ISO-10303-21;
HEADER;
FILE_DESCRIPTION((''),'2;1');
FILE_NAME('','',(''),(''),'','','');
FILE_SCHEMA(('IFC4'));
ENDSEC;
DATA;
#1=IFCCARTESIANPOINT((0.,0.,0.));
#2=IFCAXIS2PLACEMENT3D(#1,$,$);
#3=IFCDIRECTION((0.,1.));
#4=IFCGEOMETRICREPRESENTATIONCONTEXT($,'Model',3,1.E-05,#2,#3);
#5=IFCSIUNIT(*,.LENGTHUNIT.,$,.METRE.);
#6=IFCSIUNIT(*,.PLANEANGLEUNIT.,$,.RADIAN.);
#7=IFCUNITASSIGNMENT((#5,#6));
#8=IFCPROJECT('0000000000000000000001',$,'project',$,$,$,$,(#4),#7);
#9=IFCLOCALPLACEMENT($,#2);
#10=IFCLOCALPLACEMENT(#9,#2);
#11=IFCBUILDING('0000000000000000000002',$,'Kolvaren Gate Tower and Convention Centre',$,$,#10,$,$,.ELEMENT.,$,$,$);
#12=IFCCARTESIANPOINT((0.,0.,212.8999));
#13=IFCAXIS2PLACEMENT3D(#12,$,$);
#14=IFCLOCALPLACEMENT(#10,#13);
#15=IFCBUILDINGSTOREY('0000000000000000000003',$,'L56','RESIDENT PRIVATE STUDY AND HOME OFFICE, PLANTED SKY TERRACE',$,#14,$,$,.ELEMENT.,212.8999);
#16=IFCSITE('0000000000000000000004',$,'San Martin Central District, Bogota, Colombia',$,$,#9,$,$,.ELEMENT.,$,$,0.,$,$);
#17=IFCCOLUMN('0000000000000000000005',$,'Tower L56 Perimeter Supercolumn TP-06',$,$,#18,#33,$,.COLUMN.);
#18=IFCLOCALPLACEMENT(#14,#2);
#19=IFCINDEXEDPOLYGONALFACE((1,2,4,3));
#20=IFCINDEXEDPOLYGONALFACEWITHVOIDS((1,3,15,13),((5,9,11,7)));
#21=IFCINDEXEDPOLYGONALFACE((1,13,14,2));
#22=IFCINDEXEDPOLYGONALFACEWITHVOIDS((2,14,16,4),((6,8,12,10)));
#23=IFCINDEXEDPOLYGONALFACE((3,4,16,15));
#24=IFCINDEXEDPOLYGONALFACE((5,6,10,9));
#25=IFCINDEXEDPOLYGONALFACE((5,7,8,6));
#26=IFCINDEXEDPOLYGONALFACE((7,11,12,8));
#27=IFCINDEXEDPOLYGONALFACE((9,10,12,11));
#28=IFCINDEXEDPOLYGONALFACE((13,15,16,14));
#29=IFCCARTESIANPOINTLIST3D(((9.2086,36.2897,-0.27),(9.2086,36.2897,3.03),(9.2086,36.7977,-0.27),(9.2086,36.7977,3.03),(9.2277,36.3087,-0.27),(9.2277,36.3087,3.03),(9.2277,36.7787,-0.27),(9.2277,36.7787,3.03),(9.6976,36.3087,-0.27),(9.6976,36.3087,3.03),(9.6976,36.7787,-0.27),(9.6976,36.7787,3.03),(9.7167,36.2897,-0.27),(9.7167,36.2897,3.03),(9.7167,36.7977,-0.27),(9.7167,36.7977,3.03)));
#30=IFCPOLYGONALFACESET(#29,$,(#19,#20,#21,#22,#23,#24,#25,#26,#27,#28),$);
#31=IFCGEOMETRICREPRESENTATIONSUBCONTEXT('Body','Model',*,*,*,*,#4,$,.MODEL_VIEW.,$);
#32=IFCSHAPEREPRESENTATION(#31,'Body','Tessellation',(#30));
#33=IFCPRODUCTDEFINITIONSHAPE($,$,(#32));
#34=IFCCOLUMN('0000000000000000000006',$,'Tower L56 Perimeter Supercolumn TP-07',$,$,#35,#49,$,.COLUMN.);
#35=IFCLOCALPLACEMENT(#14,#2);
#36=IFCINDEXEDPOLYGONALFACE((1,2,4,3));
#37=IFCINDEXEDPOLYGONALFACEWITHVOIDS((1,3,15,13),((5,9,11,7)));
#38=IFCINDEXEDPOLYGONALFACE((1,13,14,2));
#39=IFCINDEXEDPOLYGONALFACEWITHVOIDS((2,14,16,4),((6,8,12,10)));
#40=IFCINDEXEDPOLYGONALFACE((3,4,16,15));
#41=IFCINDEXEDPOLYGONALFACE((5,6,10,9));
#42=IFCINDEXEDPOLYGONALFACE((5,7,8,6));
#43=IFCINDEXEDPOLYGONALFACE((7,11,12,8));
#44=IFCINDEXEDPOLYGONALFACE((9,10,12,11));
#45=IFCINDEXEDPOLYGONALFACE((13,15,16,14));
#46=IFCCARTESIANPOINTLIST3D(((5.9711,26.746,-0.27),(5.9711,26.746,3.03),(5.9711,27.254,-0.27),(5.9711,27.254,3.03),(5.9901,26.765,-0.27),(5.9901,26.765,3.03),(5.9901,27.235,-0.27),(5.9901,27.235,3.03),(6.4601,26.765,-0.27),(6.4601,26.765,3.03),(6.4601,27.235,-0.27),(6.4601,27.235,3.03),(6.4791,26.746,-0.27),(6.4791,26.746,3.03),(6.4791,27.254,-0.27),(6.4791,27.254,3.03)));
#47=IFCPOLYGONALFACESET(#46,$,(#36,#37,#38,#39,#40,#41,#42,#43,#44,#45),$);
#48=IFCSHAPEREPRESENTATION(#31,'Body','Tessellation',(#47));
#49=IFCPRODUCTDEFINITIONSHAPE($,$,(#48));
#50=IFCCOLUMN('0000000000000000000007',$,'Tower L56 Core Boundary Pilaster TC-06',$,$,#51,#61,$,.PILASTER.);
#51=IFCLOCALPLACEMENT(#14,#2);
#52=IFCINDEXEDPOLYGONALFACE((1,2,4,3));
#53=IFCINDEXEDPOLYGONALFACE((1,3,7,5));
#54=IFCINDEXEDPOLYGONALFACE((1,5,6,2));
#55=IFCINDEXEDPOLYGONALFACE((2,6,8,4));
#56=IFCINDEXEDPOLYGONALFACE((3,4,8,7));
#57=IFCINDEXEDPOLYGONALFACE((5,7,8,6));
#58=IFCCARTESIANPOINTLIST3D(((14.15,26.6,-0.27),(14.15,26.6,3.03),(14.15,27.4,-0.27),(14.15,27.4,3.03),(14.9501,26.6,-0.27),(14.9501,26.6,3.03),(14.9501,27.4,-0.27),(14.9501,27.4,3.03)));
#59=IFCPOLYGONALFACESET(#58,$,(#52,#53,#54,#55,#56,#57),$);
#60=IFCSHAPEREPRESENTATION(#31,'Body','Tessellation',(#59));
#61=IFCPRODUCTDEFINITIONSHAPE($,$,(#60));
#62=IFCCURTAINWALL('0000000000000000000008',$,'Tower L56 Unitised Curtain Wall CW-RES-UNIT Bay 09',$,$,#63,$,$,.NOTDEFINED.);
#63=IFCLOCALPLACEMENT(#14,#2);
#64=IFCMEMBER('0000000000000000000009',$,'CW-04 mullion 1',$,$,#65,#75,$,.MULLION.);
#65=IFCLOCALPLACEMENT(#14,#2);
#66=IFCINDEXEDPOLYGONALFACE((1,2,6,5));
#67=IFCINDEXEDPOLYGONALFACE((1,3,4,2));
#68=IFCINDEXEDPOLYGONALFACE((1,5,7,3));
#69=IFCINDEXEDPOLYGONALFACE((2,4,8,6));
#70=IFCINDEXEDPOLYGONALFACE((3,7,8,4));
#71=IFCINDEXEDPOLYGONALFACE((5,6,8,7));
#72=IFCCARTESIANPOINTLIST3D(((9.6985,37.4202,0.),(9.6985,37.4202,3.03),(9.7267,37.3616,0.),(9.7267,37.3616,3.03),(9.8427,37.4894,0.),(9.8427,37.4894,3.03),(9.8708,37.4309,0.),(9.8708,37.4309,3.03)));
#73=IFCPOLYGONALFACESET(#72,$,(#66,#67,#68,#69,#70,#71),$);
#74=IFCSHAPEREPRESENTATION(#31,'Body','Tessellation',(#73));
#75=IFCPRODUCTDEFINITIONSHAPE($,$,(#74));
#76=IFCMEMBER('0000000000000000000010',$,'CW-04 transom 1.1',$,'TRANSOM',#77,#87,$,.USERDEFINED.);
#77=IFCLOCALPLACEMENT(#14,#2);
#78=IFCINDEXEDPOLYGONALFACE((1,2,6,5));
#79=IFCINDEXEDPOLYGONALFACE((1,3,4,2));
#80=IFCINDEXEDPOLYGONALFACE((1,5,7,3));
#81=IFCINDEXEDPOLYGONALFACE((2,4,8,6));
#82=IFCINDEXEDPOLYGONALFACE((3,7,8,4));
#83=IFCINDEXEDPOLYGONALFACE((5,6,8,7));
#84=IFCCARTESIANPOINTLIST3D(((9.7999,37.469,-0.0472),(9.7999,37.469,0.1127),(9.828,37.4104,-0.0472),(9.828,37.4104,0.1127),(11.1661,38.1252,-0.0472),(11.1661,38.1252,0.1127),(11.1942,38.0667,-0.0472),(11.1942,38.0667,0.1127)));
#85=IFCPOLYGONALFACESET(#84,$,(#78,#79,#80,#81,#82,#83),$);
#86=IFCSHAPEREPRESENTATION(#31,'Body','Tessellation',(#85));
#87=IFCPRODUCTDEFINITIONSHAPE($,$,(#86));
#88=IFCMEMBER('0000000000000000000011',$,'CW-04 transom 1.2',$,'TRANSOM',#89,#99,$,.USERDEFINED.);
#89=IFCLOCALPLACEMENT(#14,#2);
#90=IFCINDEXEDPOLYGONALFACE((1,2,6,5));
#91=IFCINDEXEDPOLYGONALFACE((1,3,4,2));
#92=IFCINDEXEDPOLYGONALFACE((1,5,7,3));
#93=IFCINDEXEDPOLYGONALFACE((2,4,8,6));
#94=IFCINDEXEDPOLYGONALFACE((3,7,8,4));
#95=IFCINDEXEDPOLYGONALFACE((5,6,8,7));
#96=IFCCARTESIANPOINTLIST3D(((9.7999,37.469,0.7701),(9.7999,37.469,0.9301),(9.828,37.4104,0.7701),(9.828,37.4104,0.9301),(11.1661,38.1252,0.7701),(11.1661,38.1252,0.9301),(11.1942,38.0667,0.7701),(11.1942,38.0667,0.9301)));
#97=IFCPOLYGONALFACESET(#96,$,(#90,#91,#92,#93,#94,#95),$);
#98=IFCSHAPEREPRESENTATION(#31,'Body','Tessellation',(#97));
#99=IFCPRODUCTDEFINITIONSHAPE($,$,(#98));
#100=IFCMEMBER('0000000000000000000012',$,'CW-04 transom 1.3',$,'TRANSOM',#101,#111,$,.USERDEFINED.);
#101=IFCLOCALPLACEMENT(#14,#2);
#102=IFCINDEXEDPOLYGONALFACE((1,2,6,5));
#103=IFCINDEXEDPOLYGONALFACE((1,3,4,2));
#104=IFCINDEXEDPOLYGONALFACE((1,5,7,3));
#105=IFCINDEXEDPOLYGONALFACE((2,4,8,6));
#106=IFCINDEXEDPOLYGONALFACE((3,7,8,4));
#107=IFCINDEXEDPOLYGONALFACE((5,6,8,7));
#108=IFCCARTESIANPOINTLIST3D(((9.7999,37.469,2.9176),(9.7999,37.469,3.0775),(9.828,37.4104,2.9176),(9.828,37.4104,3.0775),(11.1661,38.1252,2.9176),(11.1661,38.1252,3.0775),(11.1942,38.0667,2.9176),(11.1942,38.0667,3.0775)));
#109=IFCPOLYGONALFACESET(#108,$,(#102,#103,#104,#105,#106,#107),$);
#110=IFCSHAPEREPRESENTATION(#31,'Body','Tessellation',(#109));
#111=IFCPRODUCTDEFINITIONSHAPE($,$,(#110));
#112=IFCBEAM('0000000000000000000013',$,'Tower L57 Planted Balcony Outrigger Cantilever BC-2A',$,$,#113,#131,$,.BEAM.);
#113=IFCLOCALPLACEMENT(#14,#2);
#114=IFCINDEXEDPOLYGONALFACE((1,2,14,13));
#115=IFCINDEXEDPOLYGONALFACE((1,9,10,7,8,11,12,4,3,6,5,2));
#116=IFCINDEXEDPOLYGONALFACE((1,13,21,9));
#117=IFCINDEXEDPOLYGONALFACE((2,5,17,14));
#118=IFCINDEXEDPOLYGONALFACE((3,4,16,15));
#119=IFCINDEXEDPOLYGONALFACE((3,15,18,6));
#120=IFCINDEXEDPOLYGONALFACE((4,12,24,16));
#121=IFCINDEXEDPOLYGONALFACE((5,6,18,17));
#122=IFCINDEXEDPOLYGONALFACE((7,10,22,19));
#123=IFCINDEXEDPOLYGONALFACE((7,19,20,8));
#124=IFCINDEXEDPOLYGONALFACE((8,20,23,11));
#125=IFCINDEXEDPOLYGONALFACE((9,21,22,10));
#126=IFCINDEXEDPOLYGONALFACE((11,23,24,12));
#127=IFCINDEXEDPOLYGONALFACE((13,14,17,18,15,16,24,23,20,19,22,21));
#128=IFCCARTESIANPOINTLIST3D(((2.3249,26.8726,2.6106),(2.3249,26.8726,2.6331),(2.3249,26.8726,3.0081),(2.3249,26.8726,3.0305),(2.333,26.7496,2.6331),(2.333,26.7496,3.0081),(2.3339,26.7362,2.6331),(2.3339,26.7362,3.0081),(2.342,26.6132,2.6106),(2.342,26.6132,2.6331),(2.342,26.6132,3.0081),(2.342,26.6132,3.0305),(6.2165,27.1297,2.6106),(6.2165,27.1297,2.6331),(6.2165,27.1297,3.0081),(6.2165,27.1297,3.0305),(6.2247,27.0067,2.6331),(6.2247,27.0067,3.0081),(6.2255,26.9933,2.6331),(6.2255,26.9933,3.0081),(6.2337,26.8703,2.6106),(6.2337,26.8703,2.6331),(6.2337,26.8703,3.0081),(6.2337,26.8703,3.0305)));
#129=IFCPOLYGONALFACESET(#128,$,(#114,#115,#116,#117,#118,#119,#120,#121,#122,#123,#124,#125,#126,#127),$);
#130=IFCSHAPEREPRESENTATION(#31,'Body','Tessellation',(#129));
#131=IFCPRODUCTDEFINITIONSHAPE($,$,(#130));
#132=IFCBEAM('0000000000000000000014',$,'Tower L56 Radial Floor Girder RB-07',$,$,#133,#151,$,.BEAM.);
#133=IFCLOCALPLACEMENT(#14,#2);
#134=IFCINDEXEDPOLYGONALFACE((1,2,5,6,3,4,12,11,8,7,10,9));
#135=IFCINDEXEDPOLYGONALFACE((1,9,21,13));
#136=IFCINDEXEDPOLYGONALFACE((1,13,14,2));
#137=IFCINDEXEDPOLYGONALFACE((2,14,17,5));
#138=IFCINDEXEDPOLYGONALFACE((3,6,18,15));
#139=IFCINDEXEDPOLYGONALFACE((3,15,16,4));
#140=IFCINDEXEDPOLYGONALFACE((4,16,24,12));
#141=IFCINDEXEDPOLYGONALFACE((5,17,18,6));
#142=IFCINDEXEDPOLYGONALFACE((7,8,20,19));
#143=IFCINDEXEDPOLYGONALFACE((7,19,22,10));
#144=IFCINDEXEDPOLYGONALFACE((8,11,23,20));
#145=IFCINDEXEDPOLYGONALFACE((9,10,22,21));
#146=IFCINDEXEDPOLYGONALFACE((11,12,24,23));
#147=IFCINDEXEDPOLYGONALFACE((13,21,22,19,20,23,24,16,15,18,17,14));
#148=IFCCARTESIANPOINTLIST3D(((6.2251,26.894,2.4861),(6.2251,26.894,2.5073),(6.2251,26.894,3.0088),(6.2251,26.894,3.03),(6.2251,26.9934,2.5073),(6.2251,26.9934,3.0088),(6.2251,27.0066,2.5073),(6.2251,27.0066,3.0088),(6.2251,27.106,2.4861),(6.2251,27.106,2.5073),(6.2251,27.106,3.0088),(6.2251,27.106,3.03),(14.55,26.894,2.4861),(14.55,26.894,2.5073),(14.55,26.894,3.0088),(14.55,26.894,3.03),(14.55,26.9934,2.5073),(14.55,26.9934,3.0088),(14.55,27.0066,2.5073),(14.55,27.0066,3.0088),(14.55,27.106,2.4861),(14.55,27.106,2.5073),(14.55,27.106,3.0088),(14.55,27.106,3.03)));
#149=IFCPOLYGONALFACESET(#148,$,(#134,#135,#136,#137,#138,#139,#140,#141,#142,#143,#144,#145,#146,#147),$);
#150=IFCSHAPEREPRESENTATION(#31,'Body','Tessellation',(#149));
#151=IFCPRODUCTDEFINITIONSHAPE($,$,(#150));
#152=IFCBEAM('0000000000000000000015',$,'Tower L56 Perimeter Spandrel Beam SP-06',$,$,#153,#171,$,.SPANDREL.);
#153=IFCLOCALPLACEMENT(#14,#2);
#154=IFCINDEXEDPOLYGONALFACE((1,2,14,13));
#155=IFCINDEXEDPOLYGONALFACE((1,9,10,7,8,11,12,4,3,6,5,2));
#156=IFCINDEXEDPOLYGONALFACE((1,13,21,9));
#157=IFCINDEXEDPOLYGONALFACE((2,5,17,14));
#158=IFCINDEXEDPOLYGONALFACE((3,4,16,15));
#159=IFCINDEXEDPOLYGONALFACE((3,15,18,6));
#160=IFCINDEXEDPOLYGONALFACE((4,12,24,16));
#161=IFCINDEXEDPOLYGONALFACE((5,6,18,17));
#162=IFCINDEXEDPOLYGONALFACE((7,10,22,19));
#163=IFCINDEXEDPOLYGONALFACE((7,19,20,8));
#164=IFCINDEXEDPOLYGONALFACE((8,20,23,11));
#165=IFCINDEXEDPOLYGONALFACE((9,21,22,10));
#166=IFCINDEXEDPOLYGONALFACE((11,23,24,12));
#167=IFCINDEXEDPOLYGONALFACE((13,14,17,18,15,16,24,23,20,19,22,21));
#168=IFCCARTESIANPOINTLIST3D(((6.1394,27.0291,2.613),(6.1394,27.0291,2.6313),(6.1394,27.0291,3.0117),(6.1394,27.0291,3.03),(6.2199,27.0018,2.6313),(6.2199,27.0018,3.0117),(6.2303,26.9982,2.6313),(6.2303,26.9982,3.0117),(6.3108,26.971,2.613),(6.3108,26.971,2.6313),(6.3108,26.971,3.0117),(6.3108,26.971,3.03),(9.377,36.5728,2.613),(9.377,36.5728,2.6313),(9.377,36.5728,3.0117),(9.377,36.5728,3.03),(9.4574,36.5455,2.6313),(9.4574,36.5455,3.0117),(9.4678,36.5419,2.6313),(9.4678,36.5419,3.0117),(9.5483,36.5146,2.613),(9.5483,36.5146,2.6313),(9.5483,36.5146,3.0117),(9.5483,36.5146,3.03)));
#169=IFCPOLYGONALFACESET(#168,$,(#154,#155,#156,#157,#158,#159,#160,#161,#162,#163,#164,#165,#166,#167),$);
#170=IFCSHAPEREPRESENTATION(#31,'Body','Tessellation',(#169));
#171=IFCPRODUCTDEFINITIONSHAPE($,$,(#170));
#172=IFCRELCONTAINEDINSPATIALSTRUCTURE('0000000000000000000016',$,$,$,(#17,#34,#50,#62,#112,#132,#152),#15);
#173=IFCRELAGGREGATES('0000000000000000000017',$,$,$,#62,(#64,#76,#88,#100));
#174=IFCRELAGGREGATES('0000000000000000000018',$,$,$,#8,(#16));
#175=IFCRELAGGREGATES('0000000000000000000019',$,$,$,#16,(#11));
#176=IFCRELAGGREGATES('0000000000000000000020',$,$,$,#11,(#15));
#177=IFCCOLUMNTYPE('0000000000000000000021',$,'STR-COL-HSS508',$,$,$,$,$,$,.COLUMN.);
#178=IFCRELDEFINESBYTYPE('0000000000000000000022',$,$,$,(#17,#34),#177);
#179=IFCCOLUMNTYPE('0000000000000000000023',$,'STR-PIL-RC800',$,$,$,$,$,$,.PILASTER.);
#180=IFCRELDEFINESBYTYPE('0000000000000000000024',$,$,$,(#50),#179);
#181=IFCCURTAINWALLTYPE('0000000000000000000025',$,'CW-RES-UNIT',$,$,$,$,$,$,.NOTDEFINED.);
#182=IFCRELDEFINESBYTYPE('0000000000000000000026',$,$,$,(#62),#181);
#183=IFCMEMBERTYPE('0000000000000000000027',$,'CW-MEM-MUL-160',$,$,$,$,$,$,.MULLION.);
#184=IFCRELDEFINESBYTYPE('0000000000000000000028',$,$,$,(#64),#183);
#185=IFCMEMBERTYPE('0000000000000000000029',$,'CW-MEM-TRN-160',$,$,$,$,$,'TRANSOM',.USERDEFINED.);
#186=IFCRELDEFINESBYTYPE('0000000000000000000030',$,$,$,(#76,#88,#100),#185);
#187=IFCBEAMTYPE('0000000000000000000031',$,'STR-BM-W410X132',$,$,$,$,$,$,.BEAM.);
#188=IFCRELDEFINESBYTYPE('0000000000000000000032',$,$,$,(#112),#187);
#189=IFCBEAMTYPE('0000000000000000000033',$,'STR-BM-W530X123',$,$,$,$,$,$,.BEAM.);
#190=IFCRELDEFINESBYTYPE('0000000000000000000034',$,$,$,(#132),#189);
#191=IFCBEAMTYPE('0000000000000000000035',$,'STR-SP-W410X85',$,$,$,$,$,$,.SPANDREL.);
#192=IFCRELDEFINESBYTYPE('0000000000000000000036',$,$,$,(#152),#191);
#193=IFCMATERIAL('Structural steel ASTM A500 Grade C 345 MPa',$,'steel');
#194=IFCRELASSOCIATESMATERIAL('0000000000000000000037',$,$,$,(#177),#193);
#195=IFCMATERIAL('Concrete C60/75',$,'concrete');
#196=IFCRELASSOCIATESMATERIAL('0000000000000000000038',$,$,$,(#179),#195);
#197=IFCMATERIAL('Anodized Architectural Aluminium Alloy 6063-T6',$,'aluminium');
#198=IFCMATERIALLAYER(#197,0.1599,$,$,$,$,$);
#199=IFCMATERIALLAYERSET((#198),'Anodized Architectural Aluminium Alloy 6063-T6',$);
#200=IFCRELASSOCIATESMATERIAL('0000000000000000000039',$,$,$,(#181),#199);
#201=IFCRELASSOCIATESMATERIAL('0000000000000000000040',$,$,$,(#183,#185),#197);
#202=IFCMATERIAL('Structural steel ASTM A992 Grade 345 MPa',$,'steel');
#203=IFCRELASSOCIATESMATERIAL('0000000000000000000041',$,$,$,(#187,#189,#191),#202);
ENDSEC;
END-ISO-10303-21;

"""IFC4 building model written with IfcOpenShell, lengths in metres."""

from ifc_helpers import new_model, si_unit, direction, frame, origin, origin_2d, place, context, subcontext, project, spatial, rectangle, hollow_rectangle, i_section, extrude, material, layer, layer_set, material_profile, profile_set, type_object, element, aggregate, save


model = new_model("IFC4")

# Units and contexts
model_context = context("Model", 3, precision=1e-05, world=origin(), true_north=direction((0.0, 1.0)))
body_context = subcontext(model_context, "Body", "Model", "MODEL_VIEW")
ifc_project = project(units=[si_unit("LENGTHUNIT", "METRE"), si_unit("PLANEANGLEUNIT", "RADIAN")], contexts=[model_context])

# Site, building, storey
site_placement = place(None, origin())
site = spatial("IfcSite", under=ifc_project, at=site_placement, Name="San Martin Central District, Bogota, Colombia", CompositionType="ELEMENT", RefElevation=0.0)
building_placement = place(site_placement, origin())
building = spatial("IfcBuilding", under=site, at=building_placement, Name="Kolvaren Gate Tower and Convention Centre", CompositionType="ELEMENT")
storey_placement = place(building_placement, frame((0.0, 0.0, 212.8999)))
storey = spatial("IfcBuildingStorey", under=building, at=storey_placement, Name="L56", Description="RESIDENT PRIVATE STUDY AND HOME OFFICE, PLANTED SKY TERRACE", CompositionType="ELEMENT", Elevation=212.8999)

# Columns
ifc_material_1 = material(Name="Structural steel ASTM A500 Grade C 345 MPa", Category="steel")
ifc_material_profile_1 = material_profile(ifc_material_1, hollow_rectangle(XDim=0.5081, YDim=0.5081, WallThickness=0.019, at=origin_2d()), Name="HSS508X508X19.1")
ifc_profile_set_1 = profile_set([ifc_material_profile_1], Name="Structural steel ASTM A500 Grade C 345 MPa")
column_type_1 = type_object("IfcColumnType", Name="STR-COL-HSS508", PredefinedType="COLUMN", material=ifc_profile_set_1)
for number, where, z_axis, x_axis, name in (
    (1, (9.4626, 36.5437, -0.27), (0.0, 0.0, 1.0), (1.0, 0.0, 0.0), "Tower L56 Perimeter Supercolumn TP-06"),
    (2, (6.2251, 27.0, -0.27), (0.0, 0.0, 1.0), (1.0, 0.0, 0.0), "Tower L56 Perimeter Supercolumn TP-07"),
):
    element("IfcColumn", number, at=place(storey_placement, frame(where, z_axis=z_axis, x_axis=x_axis)), inside=storey, type_object=column_type_1, Name=name, PredefinedType="COLUMN", context=body_context, shape_type="SweptSolid", body=[
        extrude(hollow_rectangle(XDim=0.5081, YDim=0.5081, WallThickness=0.019, at=origin_2d()), origin(), (0.0, 0.0, 1.0), 3.3),
    ])
ifc_material_2 = material(Name="Concrete C60/75", Category="concrete")
ifc_material_profile_2 = material_profile(ifc_material_2, rectangle(XDim=0.8, YDim=0.8, at=origin_2d()), Name="RC-COL-800X800")
ifc_profile_set_2 = profile_set([ifc_material_profile_2], Name="Concrete C60/75")
column_type_2 = type_object("IfcColumnType", Name="STR-PIL-RC800", PredefinedType="PILASTER", material=ifc_profile_set_2)
column_placement = place(storey_placement, frame((14.55, 27.0, -0.27), z_axis=(0.0, 0.0, 1.0), x_axis=(1.0, 0.0, 0.0)))
element("IfcColumn", 3, at=column_placement, inside=storey, type_object=column_type_2, Name="Tower L56 Core Boundary Pilaster TC-06", PredefinedType="PILASTER", context=body_context, shape_type="SweptSolid", body=[
    extrude(rectangle(XDim=0.8, YDim=0.8, at=origin_2d()), origin(), (0.0, 0.0, 1.0), 3.3),
])

# Curtain wall, members
ifc_material_3 = material(Name="Anodized Architectural Aluminium Alloy 6063-T6", Category="aluminium")
ifc_layer_1 = layer(ifc_material_3, 0.1599)
ifc_layer_set_1 = layer_set([ifc_layer_1], Name="Anodized Architectural Aluminium Alloy 6063-T6")
curtain_wall_type = type_object("IfcCurtainWallType", Name="CW-RES-UNIT", PredefinedType="NOTDEFINED", material=ifc_layer_set_1)
curtain_wall_placement = place(storey_placement, origin())
curtain_wall = element("IfcCurtainWall", 4, at=curtain_wall_placement, inside=storey, type_object=curtain_wall_type, Name="Tower L56 Unitised Curtain Wall CW-RES-UNIT Bay 09", PredefinedType="NOTDEFINED")
ifc_material_profile_3 = material_profile(ifc_material_3, rectangle(XDim=0.0649, YDim=0.1599, at=origin_2d()), Name="CW-MEM-MUL-160")
ifc_profile_set_3 = profile_set([ifc_material_profile_3], Name="Anodized Architectural Aluminium Alloy 6063-T6")
member_type_1 = type_object("IfcMemberType", Name="CW-MEM-MUL-160", PredefinedType="MULLION", material=ifc_profile_set_3)
member_1_placement = place(storey_placement, frame((9.7847, 37.4255, 0.0), z_axis=(0.0, 0.0, 1.0), x_axis=(-0.433066, 0.901362, 0.0)))
member_1 = element("IfcMember", 5, at=member_1_placement, type_object=member_type_1, Name="CW-04 mullion 1", PredefinedType="MULLION", context=body_context, shape_type="SweptSolid", body=[
    extrude(rectangle(XDim=0.0649, YDim=0.1599, at=origin_2d()), origin(), (0.0, 0.0, 1.0), 3.03),
])
ifc_material_profile_4 = material_profile(ifc_material_3, rectangle(XDim=0.0649, YDim=0.1599, at=origin_2d()), Name="CW-MEM-TRN-160")
ifc_profile_set_4 = profile_set([ifc_material_profile_4], Name="Anodized Architectural Aluminium Alloy 6063-T6")
member_type_2 = type_object("IfcMemberType", Name="CW-MEM-TRN-160", ElementType="TRANSOM", PredefinedType="USERDEFINED", material=ifc_profile_set_4)
member_2_placement = place(storey_placement, frame((9.814, 37.4397, 0.0327), z_axis=(0.901402, 0.432982, 0.0), x_axis=(-0.432982, 0.901402, 0.0)))
member_2 = element("IfcMember", 6, at=member_2_placement, type_object=member_type_2, Name="CW-04 transom 1.1", ObjectType="TRANSOM", PredefinedType="USERDEFINED", context=body_context, shape_type="SweptSolid", body=[
    extrude(rectangle(XDim=0.0649, YDim=0.1599, at=origin_2d()), origin(), (0.0, 0.0, 1.0), 1.5156),
])
member_3_placement = place(storey_placement, frame((9.814, 37.4397, 0.8501), z_axis=(0.901402, 0.432982, 0.0), x_axis=(-0.432982, 0.901402, 0.0)))
member_3 = element("IfcMember", 7, at=member_3_placement, type_object=member_type_2, Name="CW-04 transom 1.2", ObjectType="TRANSOM", PredefinedType="USERDEFINED", context=body_context, shape_type="SweptSolid", body=[
    extrude(rectangle(XDim=0.0649, YDim=0.1599, at=origin_2d()), origin(), (0.0, 0.0, 1.0), 1.5156),
])
member_4_placement = place(storey_placement, frame((9.814, 37.4397, 2.9976), z_axis=(0.901402, 0.432982, 0.0), x_axis=(-0.432982, 0.901402, 0.0)))
member_4 = element("IfcMember", 8, at=member_4_placement, type_object=member_type_2, Name="CW-04 transom 1.3", ObjectType="TRANSOM", PredefinedType="USERDEFINED", context=body_context, shape_type="SweptSolid", body=[
    extrude(rectangle(XDim=0.0649, YDim=0.1599, at=origin_2d()), origin(), (0.0, 0.0, 1.0), 1.5156),
])
aggregate(curtain_wall, [member_1, member_2, member_3, member_4])

# Beams
ifc_material_4 = material(Name="Structural steel ASTM A992 Grade 345 MPa", Category="steel")
ifc_material_profile_5 = material_profile(ifc_material_4, i_section(OverallWidth=0.26, OverallDepth=0.4199, WebThickness=0.0134, FlangeThickness=0.0225, at=origin_2d()), Name="W410X132")
ifc_profile_set_5 = profile_set([ifc_material_profile_5], Name="Structural steel ASTM A992 Grade 345 MPa")
beam_type_1 = type_object("IfcBeamType", Name="STR-BM-W410X132", PredefinedType="BEAM", material=ifc_profile_set_5)
beam_1_placement = place(storey_placement, frame((6.2251, 27.0, 2.8206), z_axis=(-0.997825, -0.065917, 0.0), x_axis=(0.065917, -0.997825, 0.0)))
element("IfcBeam", 9, at=beam_1_placement, inside=storey, type_object=beam_type_1, Name="Tower L57 Planted Balcony Outrigger Cantilever BC-2A", PredefinedType="BEAM", context=body_context, shape_type="SweptSolid", body=[
    extrude(i_section(OverallWidth=0.26, OverallDepth=0.4199, WebThickness=0.0134, FlangeThickness=0.0225, at=origin_2d()), origin(), (0.0, 0.0, 1.0), 3.9001),
])
ifc_material_profile_6 = material_profile(ifc_material_4, i_section(OverallWidth=0.2119, OverallDepth=0.5439, WebThickness=0.0132, FlangeThickness=0.0212, at=origin_2d()), Name="W530X123")
ifc_profile_set_6 = profile_set([ifc_material_profile_6], Name="Structural steel ASTM A992 Grade 345 MPa")
beam_type_2 = type_object("IfcBeamType", Name="STR-BM-W530X123", PredefinedType="BEAM", material=ifc_profile_set_6)
beam_2_placement = place(storey_placement, frame((14.55, 27.0, 2.7581), z_axis=(-1.0, 0.0, 0.0), x_axis=(0.0, -1.0, 0.0)))
element("IfcBeam", 10, at=beam_2_placement, inside=storey, type_object=beam_type_2, Name="Tower L56 Radial Floor Girder RB-07", PredefinedType="BEAM", context=body_context, shape_type="SweptSolid", body=[
    extrude(i_section(OverallWidth=0.2119, OverallDepth=0.5439, WebThickness=0.0132, FlangeThickness=0.0212, at=origin_2d()), origin(), (0.0, 0.0, 1.0), 8.325),
])
ifc_material_profile_7 = material_profile(ifc_material_4, i_section(OverallWidth=0.1809, OverallDepth=0.417, WebThickness=0.011, FlangeThickness=0.0183, at=origin_2d()), Name="W410X85")
ifc_profile_set_7 = profile_set([ifc_material_profile_7], Name="Structural steel ASTM A992 Grade 345 MPa")
beam_type_3 = type_object("IfcBeamType", Name="STR-SP-W410X85", PredefinedType="SPANDREL", material=ifc_profile_set_7)
for number, where, z_axis, x_axis, name in (
    (11, (9.4626, 36.5437, 2.8215), (-0.321253, -0.946994, 0.0), (0.946994, -0.321253, 0.0), "Tower L56 Perimeter Spandrel Beam SP-06"),
):
    element("IfcBeam", number, at=place(storey_placement, frame(where, z_axis=z_axis, x_axis=x_axis)), inside=storey, type_object=beam_type_3, Name=name, PredefinedType="SPANDREL", context=body_context, shape_type="SweptSolid", body=[
        extrude(i_section(OverallWidth=0.1809, OverallDepth=0.417, WebThickness=0.011, FlangeThickness=0.0183, at=origin_2d()), origin(), (0.0, 0.0, 1.0), 10.0779),
    ])

save(model, "model.ifc")
